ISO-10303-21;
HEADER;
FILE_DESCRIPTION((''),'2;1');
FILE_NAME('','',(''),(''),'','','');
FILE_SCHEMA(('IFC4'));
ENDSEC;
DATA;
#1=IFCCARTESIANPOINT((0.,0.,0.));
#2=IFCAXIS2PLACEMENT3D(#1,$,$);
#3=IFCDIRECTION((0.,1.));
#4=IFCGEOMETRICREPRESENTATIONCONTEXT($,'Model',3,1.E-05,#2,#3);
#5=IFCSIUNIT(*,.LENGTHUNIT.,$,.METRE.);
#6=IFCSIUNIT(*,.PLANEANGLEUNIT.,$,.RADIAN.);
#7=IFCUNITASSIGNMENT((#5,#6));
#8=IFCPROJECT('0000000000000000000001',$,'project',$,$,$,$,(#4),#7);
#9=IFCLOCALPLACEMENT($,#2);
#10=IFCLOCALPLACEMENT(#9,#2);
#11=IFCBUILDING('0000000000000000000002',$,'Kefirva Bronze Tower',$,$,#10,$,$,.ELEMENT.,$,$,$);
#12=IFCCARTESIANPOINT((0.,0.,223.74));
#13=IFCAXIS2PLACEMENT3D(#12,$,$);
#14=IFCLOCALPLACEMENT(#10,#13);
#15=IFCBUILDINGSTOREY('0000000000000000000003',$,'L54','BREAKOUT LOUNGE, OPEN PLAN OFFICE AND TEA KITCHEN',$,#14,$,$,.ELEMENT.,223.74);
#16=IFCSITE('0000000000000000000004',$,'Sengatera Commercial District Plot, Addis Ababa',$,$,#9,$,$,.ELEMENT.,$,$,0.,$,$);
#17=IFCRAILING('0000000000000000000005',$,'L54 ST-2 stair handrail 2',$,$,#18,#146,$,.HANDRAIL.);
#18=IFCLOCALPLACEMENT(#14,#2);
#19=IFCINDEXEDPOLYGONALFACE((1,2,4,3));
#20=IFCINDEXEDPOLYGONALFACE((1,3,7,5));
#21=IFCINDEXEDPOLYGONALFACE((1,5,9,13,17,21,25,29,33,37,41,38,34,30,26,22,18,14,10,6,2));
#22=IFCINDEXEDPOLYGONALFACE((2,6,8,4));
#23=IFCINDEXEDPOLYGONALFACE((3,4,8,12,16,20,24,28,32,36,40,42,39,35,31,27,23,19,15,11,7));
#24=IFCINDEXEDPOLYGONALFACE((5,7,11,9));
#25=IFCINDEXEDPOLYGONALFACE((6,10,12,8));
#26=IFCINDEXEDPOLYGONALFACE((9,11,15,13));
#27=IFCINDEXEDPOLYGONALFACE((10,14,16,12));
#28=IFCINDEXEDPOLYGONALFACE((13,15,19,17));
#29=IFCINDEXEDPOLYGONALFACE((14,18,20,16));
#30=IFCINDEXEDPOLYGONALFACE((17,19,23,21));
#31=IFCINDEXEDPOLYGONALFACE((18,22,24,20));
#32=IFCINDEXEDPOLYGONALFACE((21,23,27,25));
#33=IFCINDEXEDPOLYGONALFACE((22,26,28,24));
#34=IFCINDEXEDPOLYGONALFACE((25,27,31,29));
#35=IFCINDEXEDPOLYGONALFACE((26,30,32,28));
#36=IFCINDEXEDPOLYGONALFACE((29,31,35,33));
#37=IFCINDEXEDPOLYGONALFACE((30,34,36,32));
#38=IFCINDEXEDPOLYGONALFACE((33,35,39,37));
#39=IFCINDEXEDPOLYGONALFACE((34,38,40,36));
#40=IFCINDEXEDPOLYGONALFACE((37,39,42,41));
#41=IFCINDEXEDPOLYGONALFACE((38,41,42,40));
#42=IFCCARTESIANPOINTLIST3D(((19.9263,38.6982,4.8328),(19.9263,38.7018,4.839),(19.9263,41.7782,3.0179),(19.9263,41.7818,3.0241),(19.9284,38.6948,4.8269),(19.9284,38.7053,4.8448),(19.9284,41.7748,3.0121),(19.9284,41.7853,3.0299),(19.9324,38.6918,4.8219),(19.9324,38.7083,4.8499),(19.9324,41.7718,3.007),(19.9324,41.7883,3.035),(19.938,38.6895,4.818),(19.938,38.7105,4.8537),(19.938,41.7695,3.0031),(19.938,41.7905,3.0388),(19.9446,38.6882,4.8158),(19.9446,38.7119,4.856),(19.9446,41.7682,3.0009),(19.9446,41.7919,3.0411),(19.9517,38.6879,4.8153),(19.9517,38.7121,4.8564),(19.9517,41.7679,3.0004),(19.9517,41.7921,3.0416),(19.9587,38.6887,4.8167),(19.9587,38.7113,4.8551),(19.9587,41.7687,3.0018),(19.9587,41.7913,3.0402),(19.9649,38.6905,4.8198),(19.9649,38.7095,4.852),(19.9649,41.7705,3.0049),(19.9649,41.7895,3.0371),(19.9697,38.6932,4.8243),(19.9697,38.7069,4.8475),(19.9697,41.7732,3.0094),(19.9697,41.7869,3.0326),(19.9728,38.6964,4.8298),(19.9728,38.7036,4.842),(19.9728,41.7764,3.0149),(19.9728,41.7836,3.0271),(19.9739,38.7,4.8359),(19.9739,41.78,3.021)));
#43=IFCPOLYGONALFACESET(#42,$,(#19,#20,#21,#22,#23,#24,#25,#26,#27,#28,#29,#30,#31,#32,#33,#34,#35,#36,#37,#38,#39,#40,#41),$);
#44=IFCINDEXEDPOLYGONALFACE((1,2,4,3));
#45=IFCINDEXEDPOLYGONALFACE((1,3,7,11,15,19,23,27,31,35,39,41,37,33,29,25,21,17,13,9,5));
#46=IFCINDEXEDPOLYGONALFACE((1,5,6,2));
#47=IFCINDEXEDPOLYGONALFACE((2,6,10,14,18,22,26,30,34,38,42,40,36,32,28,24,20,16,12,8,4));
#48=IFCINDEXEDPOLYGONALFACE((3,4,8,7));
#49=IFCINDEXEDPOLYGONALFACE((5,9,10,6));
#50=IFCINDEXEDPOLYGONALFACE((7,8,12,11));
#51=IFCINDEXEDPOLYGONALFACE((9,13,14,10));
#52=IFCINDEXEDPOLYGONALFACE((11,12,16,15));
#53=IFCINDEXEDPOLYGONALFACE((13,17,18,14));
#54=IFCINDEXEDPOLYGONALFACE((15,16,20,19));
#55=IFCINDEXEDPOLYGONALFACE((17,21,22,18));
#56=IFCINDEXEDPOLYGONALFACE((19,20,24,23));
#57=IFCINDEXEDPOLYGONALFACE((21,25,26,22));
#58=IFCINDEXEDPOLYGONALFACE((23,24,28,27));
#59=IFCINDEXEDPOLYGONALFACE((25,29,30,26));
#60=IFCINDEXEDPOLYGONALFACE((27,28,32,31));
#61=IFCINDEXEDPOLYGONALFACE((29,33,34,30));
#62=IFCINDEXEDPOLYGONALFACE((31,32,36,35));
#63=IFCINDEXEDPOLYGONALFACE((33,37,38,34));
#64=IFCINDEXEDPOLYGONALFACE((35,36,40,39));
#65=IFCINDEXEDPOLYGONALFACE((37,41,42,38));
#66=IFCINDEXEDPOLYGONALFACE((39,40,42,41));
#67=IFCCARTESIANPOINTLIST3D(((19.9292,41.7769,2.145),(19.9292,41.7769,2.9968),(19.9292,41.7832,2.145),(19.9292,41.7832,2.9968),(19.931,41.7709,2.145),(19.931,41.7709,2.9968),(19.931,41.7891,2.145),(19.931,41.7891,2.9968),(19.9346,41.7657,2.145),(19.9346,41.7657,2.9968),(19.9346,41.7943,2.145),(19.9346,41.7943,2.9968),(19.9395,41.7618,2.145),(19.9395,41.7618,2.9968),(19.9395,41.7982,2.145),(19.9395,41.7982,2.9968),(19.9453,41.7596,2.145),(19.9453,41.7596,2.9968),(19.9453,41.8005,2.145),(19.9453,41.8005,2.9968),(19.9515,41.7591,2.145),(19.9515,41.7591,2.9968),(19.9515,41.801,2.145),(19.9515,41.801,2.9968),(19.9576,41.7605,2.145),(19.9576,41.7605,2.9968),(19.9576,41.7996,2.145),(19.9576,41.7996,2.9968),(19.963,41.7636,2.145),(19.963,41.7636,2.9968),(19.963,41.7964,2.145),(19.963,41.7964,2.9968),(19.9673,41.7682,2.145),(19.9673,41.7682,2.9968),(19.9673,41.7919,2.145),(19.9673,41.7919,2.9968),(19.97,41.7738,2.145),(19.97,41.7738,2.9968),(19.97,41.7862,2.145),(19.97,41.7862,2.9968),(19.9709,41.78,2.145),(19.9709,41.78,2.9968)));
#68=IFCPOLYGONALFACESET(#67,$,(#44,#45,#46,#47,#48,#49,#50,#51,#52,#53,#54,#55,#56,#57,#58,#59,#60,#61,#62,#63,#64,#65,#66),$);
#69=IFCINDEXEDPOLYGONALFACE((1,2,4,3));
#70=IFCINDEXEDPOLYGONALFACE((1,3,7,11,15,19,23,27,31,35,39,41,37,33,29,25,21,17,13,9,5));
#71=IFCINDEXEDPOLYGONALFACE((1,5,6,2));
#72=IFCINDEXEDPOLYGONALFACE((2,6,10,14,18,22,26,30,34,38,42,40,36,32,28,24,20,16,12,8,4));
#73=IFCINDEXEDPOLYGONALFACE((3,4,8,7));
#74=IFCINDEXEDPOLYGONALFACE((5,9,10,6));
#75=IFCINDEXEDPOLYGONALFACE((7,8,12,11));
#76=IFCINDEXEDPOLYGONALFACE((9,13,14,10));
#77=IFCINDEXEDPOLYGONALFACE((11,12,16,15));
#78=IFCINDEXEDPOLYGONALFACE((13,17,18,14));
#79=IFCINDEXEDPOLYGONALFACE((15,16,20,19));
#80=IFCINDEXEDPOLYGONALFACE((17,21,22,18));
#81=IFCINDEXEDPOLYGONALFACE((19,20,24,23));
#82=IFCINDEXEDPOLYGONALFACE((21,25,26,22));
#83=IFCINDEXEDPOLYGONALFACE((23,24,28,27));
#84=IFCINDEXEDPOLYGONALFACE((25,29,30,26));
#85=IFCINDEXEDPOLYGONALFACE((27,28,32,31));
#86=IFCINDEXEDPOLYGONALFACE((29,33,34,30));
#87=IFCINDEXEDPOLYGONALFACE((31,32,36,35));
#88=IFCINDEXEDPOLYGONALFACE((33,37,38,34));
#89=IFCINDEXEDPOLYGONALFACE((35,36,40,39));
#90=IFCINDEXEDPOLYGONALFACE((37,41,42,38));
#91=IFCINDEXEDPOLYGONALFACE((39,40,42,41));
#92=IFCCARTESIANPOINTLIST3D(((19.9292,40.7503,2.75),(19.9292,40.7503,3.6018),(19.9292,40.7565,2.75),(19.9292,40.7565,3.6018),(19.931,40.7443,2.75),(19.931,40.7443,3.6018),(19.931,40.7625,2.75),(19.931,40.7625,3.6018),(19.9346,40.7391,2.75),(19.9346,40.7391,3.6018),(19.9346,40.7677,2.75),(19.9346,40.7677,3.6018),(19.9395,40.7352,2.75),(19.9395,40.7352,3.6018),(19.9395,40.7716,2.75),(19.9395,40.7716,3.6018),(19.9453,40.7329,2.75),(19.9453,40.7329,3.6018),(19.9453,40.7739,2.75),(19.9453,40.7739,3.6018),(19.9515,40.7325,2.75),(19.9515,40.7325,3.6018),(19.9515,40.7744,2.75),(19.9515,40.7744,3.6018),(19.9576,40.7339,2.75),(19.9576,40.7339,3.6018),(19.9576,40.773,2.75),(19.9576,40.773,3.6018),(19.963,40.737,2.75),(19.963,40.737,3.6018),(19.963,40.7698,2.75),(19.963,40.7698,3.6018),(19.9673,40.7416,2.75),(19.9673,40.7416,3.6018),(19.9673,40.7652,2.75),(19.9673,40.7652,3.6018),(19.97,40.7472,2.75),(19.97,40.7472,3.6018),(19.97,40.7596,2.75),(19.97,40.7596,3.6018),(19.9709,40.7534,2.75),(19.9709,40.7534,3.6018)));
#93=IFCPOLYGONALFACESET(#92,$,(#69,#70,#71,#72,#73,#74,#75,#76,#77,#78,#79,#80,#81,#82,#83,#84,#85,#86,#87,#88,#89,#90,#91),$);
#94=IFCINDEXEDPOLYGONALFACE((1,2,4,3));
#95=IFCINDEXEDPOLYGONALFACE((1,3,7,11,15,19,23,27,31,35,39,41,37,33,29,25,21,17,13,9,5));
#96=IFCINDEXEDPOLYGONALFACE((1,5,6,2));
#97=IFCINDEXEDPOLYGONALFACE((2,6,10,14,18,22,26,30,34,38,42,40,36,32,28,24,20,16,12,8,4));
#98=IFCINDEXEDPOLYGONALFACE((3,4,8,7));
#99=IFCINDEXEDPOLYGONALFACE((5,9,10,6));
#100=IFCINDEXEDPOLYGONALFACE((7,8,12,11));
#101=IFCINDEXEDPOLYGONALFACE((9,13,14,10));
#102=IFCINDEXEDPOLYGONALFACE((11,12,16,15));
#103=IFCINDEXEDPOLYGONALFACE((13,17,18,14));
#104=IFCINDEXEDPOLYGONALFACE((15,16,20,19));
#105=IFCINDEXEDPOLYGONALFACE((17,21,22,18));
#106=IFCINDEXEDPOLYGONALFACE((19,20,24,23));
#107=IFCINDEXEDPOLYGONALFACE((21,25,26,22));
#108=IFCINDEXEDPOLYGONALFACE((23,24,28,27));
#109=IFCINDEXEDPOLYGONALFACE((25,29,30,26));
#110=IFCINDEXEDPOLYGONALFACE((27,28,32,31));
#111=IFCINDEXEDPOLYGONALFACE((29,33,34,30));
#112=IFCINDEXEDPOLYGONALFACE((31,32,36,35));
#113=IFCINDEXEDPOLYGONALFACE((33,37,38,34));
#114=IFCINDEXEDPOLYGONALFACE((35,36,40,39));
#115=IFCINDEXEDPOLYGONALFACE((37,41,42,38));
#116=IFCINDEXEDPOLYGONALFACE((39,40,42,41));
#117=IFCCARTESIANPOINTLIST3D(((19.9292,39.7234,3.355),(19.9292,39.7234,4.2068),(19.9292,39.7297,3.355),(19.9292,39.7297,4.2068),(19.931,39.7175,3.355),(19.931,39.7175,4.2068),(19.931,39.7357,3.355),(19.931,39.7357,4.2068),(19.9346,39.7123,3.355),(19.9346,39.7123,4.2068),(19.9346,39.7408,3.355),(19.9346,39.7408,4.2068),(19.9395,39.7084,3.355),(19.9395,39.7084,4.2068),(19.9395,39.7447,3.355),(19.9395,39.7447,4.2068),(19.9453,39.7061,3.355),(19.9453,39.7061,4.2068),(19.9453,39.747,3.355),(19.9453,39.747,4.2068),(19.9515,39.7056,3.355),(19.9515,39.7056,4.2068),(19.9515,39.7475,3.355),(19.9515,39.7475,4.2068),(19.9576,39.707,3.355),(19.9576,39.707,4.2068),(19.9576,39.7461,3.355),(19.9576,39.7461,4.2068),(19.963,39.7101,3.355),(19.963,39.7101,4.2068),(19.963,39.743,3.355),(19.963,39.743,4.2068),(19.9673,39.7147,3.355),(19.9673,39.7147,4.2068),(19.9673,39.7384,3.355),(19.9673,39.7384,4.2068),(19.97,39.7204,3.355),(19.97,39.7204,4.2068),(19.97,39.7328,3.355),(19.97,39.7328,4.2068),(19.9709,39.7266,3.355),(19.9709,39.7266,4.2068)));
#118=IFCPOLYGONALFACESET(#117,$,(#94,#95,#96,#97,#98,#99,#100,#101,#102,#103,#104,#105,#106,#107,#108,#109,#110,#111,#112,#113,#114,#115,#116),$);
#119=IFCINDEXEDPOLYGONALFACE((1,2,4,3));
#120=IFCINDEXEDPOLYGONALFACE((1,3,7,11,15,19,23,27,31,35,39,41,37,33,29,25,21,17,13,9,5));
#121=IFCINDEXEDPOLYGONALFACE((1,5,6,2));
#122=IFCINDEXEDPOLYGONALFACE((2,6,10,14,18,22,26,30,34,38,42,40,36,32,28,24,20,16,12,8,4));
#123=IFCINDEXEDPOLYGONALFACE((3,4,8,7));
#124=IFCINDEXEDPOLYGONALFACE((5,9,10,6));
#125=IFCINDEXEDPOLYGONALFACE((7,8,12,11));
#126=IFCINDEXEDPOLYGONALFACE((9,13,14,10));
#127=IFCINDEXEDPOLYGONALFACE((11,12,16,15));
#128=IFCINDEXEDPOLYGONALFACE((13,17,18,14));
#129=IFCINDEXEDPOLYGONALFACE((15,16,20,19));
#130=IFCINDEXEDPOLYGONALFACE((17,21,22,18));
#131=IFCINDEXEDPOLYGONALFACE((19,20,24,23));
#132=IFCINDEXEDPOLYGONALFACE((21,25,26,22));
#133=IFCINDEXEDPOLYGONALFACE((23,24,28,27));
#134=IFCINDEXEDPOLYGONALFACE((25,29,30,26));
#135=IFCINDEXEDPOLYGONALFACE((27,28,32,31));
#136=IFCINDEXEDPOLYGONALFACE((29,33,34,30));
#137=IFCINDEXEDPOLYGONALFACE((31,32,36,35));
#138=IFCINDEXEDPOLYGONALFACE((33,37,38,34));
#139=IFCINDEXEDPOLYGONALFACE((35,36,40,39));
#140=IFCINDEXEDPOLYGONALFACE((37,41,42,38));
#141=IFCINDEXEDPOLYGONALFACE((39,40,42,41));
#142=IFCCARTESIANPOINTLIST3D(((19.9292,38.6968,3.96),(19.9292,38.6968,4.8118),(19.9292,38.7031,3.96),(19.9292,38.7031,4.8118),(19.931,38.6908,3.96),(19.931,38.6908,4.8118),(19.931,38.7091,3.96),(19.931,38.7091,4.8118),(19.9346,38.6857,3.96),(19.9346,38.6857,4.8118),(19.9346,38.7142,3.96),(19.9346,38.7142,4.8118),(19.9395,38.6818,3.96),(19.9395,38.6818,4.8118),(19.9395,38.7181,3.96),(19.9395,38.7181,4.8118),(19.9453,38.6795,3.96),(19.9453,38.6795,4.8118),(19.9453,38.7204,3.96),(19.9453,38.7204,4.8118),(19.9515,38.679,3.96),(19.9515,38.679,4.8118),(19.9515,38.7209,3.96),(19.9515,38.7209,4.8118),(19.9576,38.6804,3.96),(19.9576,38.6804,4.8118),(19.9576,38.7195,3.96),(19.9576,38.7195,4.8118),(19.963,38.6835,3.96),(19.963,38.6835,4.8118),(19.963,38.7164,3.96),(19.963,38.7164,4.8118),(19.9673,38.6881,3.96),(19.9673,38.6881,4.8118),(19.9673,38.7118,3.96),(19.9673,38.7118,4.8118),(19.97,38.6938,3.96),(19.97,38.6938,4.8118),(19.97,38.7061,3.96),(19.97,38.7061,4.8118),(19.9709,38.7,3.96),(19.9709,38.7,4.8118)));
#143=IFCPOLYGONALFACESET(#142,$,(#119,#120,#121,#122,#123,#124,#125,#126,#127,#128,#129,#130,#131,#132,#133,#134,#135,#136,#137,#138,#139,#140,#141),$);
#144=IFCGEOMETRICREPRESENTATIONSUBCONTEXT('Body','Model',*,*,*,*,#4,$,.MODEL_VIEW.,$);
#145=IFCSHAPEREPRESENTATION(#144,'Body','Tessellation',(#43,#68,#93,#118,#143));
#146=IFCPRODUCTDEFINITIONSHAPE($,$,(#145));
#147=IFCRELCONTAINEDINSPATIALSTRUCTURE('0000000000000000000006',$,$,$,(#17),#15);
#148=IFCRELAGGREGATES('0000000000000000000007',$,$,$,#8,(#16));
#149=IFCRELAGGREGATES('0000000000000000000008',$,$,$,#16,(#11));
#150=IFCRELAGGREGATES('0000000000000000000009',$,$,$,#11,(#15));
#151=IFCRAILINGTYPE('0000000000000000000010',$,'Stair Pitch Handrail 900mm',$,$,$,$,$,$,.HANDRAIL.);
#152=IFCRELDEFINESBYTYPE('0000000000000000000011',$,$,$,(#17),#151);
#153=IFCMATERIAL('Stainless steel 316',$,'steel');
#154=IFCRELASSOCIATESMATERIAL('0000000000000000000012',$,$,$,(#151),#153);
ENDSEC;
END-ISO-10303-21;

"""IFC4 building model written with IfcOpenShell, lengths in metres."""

from ifc_helpers import new_model, si_unit, direction, frame, origin, origin_2d, place, context, subcontext, project, spatial, circle, extrude, material, type_object, element, save


model = new_model("IFC4")

# Units and contexts
model_context = context("Model", 3, precision=1e-05, world=origin(), true_north=direction((0.0, 1.0)))
body_context = subcontext(model_context, "Body", "Model", "MODEL_VIEW")
ifc_project = project(units=[si_unit("LENGTHUNIT", "METRE"), si_unit("PLANEANGLEUNIT", "RADIAN")], contexts=[model_context])

# Site, building, storey
site_placement = place(None, origin())
site = spatial("IfcSite", under=ifc_project, at=site_placement, Name="Sengatera Commercial District Plot, Addis Ababa", CompositionType="ELEMENT", RefElevation=0.0)
building_placement = place(site_placement, origin())
building = spatial("IfcBuilding", under=site, at=building_placement, Name="Kefirva Bronze Tower", CompositionType="ELEMENT")
storey_placement = place(building_placement, frame((0.0, 0.0, 223.74)))
storey = spatial("IfcBuildingStorey", under=building, at=storey_placement, Name="L54", Description="BREAKOUT LOUNGE, OPEN PLAN OFFICE AND TEA KITCHEN", CompositionType="ELEMENT", Elevation=223.74)

# Railing
ifc_material_1 = material(Name="Stainless steel 316", Category="steel")
railing_type_1 = type_object("IfcRailingType", Name="Stair Pitch Handrail 900mm", PredefinedType="HANDRAIL", material=ifc_material_1)
railing_1_placement = place(storey_placement, frame((19.95, 41.78, 2.145)))
element("IfcRailing", 1, at=railing_1_placement, inside=storey, type_object=railing_type_1, Name="L54 ST-2 stair handrail 2", PredefinedType="HANDRAIL", context=body_context, shape_type="SweptSolid", body=[
    extrude(circle(Radius=0.0239, at=origin_2d()), frame((0.0, 0.0, 0.876), z_axis=(0.0, -0.861551, 0.507671), x_axis=(1.0, 0.0, 0.0)), (0.0, 0.0, 1.0), 3.575),
    extrude(circle(Radius=0.021, at=origin_2d()), origin(), (0.0, 0.0, 1.0), 0.8518),
    extrude(circle(Radius=0.021, at=origin_2d()), frame((0.0, -1.0266, 0.605)), (0.0, 0.0, 1.0), 0.8518),
    extrude(circle(Radius=0.021, at=origin_2d()), frame((0.0, -2.0535, 1.21)), (0.0, 0.0, 1.0), 0.8518),
    extrude(circle(Radius=0.021, at=origin_2d()), frame((0.0, -3.0801, 1.8149)), (0.0, 0.0, 1.0), 0.8518),
])

save(model, "model.ifc")
